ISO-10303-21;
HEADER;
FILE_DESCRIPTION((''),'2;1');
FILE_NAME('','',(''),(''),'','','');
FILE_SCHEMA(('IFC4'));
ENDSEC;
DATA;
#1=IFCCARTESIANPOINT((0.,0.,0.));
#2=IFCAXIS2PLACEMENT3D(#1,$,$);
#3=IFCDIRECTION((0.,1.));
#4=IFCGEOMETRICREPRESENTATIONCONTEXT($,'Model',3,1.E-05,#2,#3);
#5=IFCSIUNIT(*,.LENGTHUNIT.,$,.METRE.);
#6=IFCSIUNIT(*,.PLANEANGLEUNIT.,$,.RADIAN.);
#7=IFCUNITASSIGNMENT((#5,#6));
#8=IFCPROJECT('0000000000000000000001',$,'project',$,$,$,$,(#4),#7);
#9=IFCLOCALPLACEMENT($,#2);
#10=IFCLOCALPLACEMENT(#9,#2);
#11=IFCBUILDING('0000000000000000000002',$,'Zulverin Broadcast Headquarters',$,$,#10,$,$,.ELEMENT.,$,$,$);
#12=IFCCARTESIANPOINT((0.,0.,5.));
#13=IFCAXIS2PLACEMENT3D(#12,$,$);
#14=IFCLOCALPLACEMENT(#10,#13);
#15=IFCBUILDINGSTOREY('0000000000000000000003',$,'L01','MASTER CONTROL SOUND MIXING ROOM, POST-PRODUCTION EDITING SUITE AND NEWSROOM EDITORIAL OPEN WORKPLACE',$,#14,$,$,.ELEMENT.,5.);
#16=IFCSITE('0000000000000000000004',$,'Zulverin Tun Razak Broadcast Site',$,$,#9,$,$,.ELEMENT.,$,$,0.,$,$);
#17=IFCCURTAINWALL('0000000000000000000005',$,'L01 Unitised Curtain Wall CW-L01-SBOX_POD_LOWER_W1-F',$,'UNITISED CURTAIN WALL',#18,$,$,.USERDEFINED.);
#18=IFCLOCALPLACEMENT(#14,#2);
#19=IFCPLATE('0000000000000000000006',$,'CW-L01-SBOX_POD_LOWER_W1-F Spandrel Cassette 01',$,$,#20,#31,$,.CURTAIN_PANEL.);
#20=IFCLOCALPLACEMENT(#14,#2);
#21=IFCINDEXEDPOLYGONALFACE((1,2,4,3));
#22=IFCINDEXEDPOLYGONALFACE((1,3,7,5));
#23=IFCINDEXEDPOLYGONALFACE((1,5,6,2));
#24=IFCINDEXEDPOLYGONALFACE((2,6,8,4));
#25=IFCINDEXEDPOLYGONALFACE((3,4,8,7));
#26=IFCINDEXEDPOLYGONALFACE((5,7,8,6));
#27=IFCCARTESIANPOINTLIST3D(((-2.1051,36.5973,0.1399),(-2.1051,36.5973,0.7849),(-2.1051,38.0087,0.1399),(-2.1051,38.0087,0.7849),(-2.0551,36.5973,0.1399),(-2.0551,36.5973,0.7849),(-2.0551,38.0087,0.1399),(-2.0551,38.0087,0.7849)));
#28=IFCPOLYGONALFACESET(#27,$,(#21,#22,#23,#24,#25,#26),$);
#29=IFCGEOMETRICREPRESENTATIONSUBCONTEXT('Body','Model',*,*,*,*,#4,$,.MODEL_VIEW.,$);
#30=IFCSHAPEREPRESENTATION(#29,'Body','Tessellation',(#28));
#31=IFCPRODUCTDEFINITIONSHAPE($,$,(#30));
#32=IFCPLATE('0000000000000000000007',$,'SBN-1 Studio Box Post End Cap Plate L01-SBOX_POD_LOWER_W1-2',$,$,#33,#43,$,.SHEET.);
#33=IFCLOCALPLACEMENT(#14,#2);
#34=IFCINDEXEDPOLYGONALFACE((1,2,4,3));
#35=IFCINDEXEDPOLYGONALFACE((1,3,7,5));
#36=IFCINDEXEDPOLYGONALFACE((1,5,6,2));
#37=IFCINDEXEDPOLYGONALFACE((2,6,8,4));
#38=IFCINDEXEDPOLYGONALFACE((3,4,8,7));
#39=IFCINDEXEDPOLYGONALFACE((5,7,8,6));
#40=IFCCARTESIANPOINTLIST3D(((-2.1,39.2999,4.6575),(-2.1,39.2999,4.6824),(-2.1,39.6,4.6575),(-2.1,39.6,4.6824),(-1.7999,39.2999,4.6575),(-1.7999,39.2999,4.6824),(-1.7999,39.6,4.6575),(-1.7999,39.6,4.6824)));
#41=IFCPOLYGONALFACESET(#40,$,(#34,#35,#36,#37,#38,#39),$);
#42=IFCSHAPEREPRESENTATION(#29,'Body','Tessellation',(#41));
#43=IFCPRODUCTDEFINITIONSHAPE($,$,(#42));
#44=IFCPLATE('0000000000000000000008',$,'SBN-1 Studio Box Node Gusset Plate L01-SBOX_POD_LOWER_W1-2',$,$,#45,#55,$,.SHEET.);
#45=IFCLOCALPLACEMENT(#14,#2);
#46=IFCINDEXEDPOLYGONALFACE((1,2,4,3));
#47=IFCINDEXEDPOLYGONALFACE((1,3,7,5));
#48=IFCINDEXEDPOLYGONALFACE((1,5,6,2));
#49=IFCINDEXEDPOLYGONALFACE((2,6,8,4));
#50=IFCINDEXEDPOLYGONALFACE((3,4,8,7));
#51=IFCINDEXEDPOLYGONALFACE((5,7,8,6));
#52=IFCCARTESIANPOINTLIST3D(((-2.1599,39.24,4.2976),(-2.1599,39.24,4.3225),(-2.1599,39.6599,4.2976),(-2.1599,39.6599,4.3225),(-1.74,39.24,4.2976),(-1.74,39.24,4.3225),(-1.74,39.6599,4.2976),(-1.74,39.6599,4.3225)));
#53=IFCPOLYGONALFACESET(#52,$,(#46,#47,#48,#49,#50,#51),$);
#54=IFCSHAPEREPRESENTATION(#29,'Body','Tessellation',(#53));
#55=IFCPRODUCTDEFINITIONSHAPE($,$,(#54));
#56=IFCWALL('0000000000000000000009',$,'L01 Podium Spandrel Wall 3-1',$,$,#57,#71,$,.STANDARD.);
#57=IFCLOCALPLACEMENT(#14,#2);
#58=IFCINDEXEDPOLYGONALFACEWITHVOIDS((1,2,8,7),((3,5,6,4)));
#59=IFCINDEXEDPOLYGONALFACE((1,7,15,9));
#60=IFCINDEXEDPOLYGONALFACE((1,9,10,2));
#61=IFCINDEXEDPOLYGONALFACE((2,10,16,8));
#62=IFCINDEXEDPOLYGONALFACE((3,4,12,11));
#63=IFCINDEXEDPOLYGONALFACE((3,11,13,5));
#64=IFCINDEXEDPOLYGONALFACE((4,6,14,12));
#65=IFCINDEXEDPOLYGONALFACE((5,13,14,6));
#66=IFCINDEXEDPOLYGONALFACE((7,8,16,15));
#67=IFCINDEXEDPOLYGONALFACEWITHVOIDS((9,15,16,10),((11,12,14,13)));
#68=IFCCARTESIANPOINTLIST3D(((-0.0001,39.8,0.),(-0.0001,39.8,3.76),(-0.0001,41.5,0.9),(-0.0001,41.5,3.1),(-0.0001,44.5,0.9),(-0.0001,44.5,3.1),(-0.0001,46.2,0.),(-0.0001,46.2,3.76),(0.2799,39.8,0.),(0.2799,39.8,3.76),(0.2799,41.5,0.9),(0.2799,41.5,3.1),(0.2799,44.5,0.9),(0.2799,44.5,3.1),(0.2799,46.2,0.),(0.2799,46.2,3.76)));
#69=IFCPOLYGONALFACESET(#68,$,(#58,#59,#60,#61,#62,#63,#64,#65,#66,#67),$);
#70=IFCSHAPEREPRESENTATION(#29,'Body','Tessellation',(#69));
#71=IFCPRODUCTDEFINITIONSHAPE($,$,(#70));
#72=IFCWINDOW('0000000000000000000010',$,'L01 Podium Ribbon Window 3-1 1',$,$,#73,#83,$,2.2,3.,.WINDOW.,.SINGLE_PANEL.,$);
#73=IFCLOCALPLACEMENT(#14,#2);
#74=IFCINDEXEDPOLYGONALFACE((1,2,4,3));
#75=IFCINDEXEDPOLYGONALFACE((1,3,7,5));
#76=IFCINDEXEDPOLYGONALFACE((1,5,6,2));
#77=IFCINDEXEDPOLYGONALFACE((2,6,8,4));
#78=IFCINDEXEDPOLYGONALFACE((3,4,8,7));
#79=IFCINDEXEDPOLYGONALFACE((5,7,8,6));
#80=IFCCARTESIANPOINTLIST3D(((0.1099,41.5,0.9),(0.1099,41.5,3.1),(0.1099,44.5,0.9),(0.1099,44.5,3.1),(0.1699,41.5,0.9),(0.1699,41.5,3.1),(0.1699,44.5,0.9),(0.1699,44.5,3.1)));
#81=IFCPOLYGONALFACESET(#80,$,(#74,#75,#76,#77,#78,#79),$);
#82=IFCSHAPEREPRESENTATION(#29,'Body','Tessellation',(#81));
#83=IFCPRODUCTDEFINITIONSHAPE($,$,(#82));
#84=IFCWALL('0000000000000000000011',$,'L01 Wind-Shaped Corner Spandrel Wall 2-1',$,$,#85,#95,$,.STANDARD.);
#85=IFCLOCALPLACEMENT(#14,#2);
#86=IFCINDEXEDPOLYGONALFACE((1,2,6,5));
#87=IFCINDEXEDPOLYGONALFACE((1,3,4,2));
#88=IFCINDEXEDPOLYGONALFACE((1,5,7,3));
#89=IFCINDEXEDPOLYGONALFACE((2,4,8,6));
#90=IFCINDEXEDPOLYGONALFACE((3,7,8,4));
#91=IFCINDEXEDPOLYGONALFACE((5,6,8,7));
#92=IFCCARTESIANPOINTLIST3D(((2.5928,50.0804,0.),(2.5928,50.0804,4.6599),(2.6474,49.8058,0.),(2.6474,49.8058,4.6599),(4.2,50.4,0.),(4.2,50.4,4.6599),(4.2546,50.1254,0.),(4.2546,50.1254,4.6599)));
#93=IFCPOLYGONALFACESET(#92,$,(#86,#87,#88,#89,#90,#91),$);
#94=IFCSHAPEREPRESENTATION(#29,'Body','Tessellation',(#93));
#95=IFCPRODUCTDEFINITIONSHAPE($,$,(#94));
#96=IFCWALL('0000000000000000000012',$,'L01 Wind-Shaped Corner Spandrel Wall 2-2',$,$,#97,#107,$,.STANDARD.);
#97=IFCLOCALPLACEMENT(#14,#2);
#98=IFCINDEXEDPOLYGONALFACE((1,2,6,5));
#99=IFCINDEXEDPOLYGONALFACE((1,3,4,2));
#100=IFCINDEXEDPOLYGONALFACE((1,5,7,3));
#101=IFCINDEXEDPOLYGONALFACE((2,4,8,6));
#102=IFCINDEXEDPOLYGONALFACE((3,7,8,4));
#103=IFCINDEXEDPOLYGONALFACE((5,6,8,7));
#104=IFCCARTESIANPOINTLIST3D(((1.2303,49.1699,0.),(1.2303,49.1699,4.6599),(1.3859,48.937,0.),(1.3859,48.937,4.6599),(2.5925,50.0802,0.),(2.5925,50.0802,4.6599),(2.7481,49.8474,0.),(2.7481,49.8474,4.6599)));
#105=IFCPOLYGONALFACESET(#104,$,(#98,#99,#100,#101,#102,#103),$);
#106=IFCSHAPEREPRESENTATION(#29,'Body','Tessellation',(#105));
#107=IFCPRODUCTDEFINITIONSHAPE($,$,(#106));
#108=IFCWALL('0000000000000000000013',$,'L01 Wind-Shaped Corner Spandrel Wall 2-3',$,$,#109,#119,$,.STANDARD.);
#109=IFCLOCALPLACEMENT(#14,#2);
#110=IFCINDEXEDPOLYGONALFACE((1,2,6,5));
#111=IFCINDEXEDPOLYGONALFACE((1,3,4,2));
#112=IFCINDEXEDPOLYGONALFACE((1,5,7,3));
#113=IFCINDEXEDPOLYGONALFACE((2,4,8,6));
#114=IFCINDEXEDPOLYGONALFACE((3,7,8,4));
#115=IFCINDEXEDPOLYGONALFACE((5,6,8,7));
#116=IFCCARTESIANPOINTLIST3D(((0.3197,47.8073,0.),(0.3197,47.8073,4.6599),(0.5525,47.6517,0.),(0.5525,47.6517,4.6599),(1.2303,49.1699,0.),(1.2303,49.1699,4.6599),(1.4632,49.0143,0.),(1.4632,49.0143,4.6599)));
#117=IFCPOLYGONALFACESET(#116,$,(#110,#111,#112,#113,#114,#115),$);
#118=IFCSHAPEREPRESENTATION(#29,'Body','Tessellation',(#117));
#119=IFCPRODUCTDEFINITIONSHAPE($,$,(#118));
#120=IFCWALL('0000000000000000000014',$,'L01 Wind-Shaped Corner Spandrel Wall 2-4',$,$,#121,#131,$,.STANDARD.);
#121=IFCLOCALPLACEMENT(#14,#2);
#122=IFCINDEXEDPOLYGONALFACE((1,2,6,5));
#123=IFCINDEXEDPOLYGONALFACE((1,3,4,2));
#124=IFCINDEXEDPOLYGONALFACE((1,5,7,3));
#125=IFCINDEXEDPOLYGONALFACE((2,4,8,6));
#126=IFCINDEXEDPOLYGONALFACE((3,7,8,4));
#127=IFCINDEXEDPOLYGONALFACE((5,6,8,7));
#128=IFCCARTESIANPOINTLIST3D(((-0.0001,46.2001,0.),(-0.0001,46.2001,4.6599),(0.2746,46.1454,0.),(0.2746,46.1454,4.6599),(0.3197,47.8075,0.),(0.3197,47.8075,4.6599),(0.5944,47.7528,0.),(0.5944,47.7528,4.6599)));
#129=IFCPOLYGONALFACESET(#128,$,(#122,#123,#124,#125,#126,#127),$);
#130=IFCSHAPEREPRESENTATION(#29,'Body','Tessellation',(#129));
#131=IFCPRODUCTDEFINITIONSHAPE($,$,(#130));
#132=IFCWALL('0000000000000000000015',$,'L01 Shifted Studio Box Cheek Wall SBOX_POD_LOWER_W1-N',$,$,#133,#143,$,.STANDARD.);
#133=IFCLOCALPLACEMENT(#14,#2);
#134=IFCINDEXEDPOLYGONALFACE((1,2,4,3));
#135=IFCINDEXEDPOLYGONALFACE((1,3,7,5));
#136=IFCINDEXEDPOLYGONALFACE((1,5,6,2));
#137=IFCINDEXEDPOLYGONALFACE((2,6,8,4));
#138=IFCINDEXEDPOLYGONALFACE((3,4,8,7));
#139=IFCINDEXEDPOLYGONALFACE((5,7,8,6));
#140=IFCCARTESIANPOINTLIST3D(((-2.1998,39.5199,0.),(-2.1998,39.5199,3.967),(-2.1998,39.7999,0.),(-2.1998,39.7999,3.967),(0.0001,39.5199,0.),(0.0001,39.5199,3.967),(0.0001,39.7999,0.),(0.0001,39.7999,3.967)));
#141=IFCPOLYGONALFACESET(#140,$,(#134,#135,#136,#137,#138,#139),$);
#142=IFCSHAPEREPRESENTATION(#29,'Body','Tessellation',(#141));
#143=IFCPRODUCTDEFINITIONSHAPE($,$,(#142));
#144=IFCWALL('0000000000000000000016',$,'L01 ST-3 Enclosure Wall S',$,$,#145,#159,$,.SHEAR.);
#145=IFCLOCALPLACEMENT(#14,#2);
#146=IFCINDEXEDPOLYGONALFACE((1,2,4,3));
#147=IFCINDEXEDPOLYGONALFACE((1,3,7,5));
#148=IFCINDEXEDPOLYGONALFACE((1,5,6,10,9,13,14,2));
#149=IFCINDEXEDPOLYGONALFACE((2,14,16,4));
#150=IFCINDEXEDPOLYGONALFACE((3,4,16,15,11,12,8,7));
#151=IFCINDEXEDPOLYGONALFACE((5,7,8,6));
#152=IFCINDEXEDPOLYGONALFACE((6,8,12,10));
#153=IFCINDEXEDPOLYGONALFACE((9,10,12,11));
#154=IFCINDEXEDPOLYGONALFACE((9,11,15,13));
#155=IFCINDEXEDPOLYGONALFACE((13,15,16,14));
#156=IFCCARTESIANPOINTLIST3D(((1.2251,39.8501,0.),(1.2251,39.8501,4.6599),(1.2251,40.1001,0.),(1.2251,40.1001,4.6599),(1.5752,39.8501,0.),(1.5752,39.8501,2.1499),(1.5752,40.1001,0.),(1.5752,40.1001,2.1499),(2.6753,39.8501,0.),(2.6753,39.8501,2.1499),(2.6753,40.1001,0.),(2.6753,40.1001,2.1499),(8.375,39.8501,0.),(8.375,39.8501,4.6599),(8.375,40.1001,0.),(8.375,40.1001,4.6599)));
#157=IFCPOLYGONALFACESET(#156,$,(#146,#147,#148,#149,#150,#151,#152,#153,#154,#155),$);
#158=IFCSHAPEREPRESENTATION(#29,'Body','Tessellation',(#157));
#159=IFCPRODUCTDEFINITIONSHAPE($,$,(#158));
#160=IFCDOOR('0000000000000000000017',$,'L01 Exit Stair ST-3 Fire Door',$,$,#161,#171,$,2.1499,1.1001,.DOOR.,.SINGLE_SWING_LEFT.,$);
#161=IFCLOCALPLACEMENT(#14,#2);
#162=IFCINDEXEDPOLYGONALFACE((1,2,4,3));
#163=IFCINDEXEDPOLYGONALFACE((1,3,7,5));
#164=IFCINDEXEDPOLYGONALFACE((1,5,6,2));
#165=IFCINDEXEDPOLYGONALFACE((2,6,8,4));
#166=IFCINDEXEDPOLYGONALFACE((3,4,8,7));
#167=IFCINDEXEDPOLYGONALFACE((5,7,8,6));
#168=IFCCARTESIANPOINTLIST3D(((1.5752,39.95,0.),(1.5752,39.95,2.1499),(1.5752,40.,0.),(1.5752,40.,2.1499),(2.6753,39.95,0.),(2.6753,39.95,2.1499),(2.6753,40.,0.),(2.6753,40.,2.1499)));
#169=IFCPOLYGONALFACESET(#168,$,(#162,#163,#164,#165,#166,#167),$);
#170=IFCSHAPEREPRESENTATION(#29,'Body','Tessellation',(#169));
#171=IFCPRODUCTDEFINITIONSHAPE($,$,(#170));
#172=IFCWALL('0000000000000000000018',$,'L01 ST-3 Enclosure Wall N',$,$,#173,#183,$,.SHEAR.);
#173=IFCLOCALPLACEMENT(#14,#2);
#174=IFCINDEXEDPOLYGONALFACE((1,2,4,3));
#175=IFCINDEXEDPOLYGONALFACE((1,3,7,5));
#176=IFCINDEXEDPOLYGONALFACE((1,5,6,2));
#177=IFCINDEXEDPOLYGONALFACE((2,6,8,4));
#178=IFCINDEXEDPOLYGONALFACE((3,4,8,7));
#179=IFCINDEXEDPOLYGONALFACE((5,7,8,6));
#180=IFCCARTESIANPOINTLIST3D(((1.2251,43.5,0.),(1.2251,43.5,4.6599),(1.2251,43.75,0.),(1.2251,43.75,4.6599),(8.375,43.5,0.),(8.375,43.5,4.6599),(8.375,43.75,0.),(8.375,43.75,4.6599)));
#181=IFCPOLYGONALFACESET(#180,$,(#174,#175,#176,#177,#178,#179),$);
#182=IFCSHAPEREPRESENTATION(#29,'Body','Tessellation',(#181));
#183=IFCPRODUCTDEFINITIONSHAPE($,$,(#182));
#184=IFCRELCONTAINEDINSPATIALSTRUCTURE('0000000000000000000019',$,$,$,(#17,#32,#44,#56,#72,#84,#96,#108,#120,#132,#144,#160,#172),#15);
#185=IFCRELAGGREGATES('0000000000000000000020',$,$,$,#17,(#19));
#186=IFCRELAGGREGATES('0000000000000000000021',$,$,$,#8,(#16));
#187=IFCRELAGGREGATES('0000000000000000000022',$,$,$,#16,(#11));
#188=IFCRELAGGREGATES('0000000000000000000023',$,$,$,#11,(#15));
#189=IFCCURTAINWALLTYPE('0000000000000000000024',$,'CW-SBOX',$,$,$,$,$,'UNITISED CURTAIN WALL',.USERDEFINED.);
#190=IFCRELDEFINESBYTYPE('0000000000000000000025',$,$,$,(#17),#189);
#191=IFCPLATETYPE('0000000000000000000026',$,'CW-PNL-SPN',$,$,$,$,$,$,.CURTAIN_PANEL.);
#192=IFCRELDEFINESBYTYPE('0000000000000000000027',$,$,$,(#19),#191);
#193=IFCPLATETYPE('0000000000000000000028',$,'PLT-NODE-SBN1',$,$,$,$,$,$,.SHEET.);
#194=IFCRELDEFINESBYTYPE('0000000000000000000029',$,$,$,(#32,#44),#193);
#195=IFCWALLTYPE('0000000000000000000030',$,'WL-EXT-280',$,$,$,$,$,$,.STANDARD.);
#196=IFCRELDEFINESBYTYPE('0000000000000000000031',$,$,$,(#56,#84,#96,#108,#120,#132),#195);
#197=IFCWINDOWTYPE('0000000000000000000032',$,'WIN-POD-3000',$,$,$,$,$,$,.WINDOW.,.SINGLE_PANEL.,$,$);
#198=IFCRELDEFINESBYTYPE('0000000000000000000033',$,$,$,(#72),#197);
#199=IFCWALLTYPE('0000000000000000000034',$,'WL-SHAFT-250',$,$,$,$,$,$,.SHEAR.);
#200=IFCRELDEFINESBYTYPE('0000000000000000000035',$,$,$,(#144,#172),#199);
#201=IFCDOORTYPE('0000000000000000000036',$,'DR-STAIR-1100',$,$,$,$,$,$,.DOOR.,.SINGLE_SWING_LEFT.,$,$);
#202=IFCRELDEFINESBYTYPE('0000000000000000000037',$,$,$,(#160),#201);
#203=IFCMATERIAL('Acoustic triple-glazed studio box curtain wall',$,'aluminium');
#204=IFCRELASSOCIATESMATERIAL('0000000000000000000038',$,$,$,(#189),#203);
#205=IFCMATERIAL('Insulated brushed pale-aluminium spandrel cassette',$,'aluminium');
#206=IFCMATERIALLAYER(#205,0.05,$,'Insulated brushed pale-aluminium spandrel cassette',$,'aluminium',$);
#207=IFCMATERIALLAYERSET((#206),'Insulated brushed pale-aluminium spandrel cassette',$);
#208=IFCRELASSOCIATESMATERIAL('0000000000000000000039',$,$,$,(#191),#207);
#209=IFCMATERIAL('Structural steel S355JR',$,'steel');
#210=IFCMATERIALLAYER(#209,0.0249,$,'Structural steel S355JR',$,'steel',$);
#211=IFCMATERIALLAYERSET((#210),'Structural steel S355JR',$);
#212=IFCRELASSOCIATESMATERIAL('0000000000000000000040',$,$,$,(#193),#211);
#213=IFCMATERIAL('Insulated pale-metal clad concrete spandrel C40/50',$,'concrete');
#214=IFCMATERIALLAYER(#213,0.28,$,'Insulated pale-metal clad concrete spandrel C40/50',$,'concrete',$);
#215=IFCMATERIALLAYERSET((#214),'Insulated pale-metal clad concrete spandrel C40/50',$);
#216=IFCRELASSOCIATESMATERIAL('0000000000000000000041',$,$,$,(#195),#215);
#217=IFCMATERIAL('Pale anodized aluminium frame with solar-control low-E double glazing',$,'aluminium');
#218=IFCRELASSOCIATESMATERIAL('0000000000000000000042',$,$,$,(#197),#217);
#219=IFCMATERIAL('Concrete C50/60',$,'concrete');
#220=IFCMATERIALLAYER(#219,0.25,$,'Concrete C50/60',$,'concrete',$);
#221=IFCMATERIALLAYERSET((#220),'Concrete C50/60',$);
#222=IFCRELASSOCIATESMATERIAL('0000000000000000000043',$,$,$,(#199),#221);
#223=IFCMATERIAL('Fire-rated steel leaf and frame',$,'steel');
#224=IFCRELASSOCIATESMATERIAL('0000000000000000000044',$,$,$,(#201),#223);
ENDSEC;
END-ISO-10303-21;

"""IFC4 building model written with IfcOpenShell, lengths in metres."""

from ifc_helpers import new_model, si_unit, direction, frame, frame_2d, origin, origin_2d, place, context, subcontext, project, spatial, rectangle, extrude, material, layer, layer_set, type_object, element, fill, aggregate, save


model = new_model("IFC4")

# Units and contexts
model_context = context("Model", 3, precision=1e-05, world=origin(), true_north=direction((0.0, 1.0)))
body_context = subcontext(model_context, "Body", "Model", "MODEL_VIEW")
ifc_project = project(units=[si_unit("LENGTHUNIT", "METRE"), si_unit("PLANEANGLEUNIT", "RADIAN")], contexts=[model_context])

# Site, building, storey
site_placement = place(None, origin())
site = spatial("IfcSite", under=ifc_project, at=site_placement, Name="Zulverin Tun Razak Broadcast Site", CompositionType="ELEMENT", RefElevation=0.0)
building_placement = place(site_placement, origin())
building = spatial("IfcBuilding", under=site, at=building_placement, Name="Zulverin Broadcast Headquarters", CompositionType="ELEMENT")
storey_placement = place(building_placement, frame((0.0, 0.0, 5.0)))
storey = spatial("IfcBuildingStorey", under=building, at=storey_placement, Name="L01", Description="MASTER CONTROL SOUND MIXING ROOM, POST-PRODUCTION EDITING SUITE AND NEWSROOM EDITORIAL OPEN WORKPLACE", CompositionType="ELEMENT", Elevation=5.0)

# Curtain wall
ifc_material_1 = material(Name="Acoustic triple-glazed studio box curtain wall", Category="aluminium")
curtain_wall_type = type_object("IfcCurtainWallType", Name="CW-SBOX", ElementType="UNITISED CURTAIN WALL", PredefinedType="USERDEFINED", material=ifc_material_1)
curtain_wall_placement = place(storey_placement, origin())
curtain_wall = element("IfcCurtainWall", 1, at=curtain_wall_placement, inside=storey, type_object=curtain_wall_type, Name="L01 Unitised Curtain Wall CW-L01-SBOX_POD_LOWER_W1-F", ObjectType="UNITISED CURTAIN WALL", PredefinedType="USERDEFINED")

# Shared definitions
ifc_material_2 = material(Name="Structural steel S355JR", Category="steel")

# Plate
ifc_material_3 = material(Name="Insulated brushed pale-aluminium spandrel cassette", Category="aluminium")
ifc_layer_1 = layer(ifc_material_3, 0.05, Name="Insulated brushed pale-aluminium spandrel cassette", Category="aluminium")
ifc_layer_set_1 = layer_set([ifc_layer_1], Name="Insulated brushed pale-aluminium spandrel cassette")
plate_type_1 = type_object("IfcPlateType", Name="CW-PNL-SPN", PredefinedType="CURTAIN_PANEL", material=ifc_layer_set_1)
plate_1_placement = place(storey_placement, frame((-2.0801, 37.303, 0.1399), z_axis=(0.0, 0.0, 1.0), x_axis=(0.0, -1.0, 0.0)))
plate_1 = element("IfcPlate", 2, at=plate_1_placement, type_object=plate_type_1, Name="CW-L01-SBOX_POD_LOWER_W1-F Spandrel Cassette 01", PredefinedType="CURTAIN_PANEL", context=body_context, shape_type="SweptSolid", body=[
    extrude(rectangle(XDim=1.4114, YDim=0.05, at=origin_2d()), origin(), (0.0, 0.0, 1.0), 0.645),
])
aggregate(curtain_wall, [plate_1])

# Plates
ifc_layer_2 = layer(ifc_material_2, 0.0249, Name="Structural steel S355JR", Category="steel")
ifc_layer_set_2 = layer_set([ifc_layer_2], Name="Structural steel S355JR")
plate_type_2 = type_object("IfcPlateType", Name="PLT-NODE-SBN1", PredefinedType="SHEET", material=ifc_layer_set_2)
plate_2_placement = place(storey_placement, frame((-1.95, 39.45, 4.6575), z_axis=(0.0, 0.0, 1.0), x_axis=(1.0, 0.0, 0.0)))
element("IfcPlate", 3, at=plate_2_placement, inside=storey, type_object=plate_type_2, Name="SBN-1 Studio Box Post End Cap Plate L01-SBOX_POD_LOWER_W1-2", PredefinedType="SHEET", context=body_context, shape_type="SweptSolid", body=[
    extrude(rectangle(XDim=0.3, YDim=0.3, at=origin_2d()), origin(), (0.0, 0.0, 1.0), 0.0249),
])
plate_3_placement = place(storey_placement, frame((-1.95, 39.45, 4.2976), z_axis=(0.0, 0.0, 1.0), x_axis=(1.0, 0.0, 0.0)))
element("IfcPlate", 4, at=plate_3_placement, inside=storey, type_object=plate_type_2, Name="SBN-1 Studio Box Node Gusset Plate L01-SBOX_POD_LOWER_W1-2", PredefinedType="SHEET", context=body_context, shape_type="SweptSolid", body=[
    extrude(rectangle(XDim=0.4199, YDim=0.4199, at=origin_2d()), origin(), (0.0, 0.0, 1.0), 0.0249),
])

# Wall, opening, window
ifc_material_4 = material(Name="Insulated pale-metal clad concrete spandrel C40/50", Category="concrete")
ifc_layer_3 = layer(ifc_material_4, 0.28, Name="Insulated pale-metal clad concrete spandrel C40/50", Category="concrete")
ifc_layer_set_3 = layer_set([ifc_layer_3], Name="Insulated pale-metal clad concrete spandrel C40/50")
wall_type_1 = type_object("IfcWallType", Name="WL-EXT-280", PredefinedType="STANDARD", material=ifc_layer_set_3)
wall_1_placement = place(storey_placement, frame((0.1399, 46.2, 0.0), z_axis=(0.0, 0.0, 1.0), x_axis=(0.0, -1.0, 0.0)))
wall_1 = element("IfcWall", 5, at=wall_1_placement, inside=storey, type_object=wall_type_1, Name="L01 Podium Spandrel Wall 3-1", PredefinedType="STANDARD", context=body_context, shape_type="SweptSolid", body=[
    extrude(rectangle(XDim=6.3999, YDim=0.28, at=frame_2d((3.2, 0.0))), origin(), (0.0, 0.0, 1.0), 3.76),
])
opening_1_placement = place(wall_1_placement, frame((1.7, 0.0, 0.8999)))
opening_1 = element("IfcOpeningElement", 6, at=opening_1_placement, cuts=wall_1, PredefinedType="OPENING", context=body_context, shape_type="SweptSolid", body=[
    extrude(rectangle(XDim=3.0, YDim=2.2, at=frame_2d((1.5, 1.1001))), frame((0.0, 0.1499, 0.0), z_axis=(0.0, -1.0, 0.0), x_axis=(1.0, 0.0, 0.0)), (0.0, 0.0, 1.0), 0.3),
])
ifc_material_5 = material(Name="Pale anodized aluminium frame with solar-control low-E double glazing", Category="aluminium")
window_type = type_object("IfcWindowType", Name="WIN-POD-3000", PartitioningType="SINGLE_PANEL", PredefinedType="WINDOW", material=ifc_material_5)
window_placement = place(opening_1_placement, origin())
window = element("IfcWindow", 7, at=window_placement, inside=storey, type_object=window_type, Name="L01 Podium Ribbon Window 3-1 1", OverallHeight=2.2, OverallWidth=3.0, PartitioningType="SINGLE_PANEL", PredefinedType="WINDOW", context=body_context, shape_type="SweptSolid", body=[
    extrude(rectangle(XDim=3.0, YDim=2.2, at=frame_2d((1.5, 1.1001))), frame((0.0, 0.03, 0.0), z_axis=(0.0, -1.0, 0.0), x_axis=(1.0, 0.0, 0.0)), (0.0, 0.0, 1.0), 0.0601),
])
fill(opening_1, window)

# Walls
wall_2_placement = place(storey_placement, frame((4.2273, 50.2627, 0.0), z_axis=(0.0, 0.0, 1.0), x_axis=(-0.980798, -0.195027, 0.0)))
element("IfcWall", 8, at=wall_2_placement, inside=storey, type_object=wall_type_1, Name="L01 Wind-Shaped Corner Spandrel Wall 2-1", PredefinedType="STANDARD", context=body_context, shape_type="SweptSolid", body=[
    extrude(rectangle(XDim=1.6387, YDim=0.28, at=frame_2d((0.8193, 0.0))), origin(), (0.0, 0.0, 1.0), 4.6599),
])
wall_3_placement = place(storey_placement, frame((2.6704, 49.9639, 0.0), z_axis=(0.0, 0.0, 1.0), x_axis=(-0.831431, -0.555628, 0.0)))
element("IfcWall", 9, at=wall_3_placement, inside=storey, type_object=wall_type_1, Name="L01 Wind-Shaped Corner Spandrel Wall 2-2", PredefinedType="STANDARD", context=body_context, shape_type="SweptSolid", body=[
    extrude(rectangle(XDim=1.6384, YDim=0.28, at=frame_2d((0.8193, 0.0))), origin(), (0.0, 0.0, 1.0), 4.6599),
])
for number, where, z_axis, x_axis, name in (
    (10, (1.3467, 49.092, 0.0), (0.0, 0.0, 1.0), (-0.555662, -0.831408, 0.0), "L01 Wind-Shaped Corner Spandrel Wall 2-3"),
    (11, (0.457, 47.78, 0.0), (0.0, 0.0, 1.0), (-0.195142, -0.980775, 0.0), "L01 Wind-Shaped Corner Spandrel Wall 2-4"),
):
    element("IfcWall", number, at=place(storey_placement, frame(where, z_axis=z_axis, x_axis=x_axis)), inside=storey, type_object=wall_type_1, Name=name, PredefinedType="STANDARD", context=body_context, shape_type="SweptSolid", body=[
        extrude(rectangle(XDim=1.6389, YDim=0.28, at=frame_2d((0.8193, 0.0))), origin(), (0.0, 0.0, 1.0), 4.6599),
    ])
wall_4_placement = place(storey_placement, frame((-2.2, 39.6599, 0.0), z_axis=(0.0, 0.0, 1.0), x_axis=(1.0, 0.0, 0.0)))
element("IfcWall", 12, at=wall_4_placement, inside=storey, type_object=wall_type_1, Name="L01 Shifted Studio Box Cheek Wall SBOX_POD_LOWER_W1-N", PredefinedType="STANDARD", context=body_context, shape_type="SweptSolid", body=[
    extrude(rectangle(XDim=2.2, YDim=0.28, at=frame_2d((1.1001, 0.0))), origin(), (0.0, 0.0, 1.0), 3.967),
])

# Wall, opening, door
ifc_material_6 = material(Name="Concrete C50/60", Category="concrete")
ifc_layer_4 = layer(ifc_material_6, 0.25, Name="Concrete C50/60", Category="concrete")
ifc_layer_set_4 = layer_set([ifc_layer_4], Name="Concrete C50/60")
wall_type_2 = type_object("IfcWallType", Name="WL-SHAFT-250", PredefinedType="SHEAR", material=ifc_layer_set_4)
wall_5_placement = place(storey_placement, frame((1.2251, 39.9751, 0.0), z_axis=(0.0, 0.0, 1.0), x_axis=(1.0, 0.0, 0.0)))
wall_5 = element("IfcWall", 13, at=wall_5_placement, inside=storey, type_object=wall_type_2, Name="L01 ST-3 Enclosure Wall S", PredefinedType="SHEAR", context=body_context, shape_type="SweptSolid", body=[
    extrude(rectangle(XDim=7.1499, YDim=0.25, at=frame_2d((3.575, 0.0))), origin(), (0.0, 0.0, 1.0), 4.6599),
])
opening_2_placement = place(wall_5_placement, frame((0.3501, 0.0, 0.0)))
opening_2 = element("IfcOpeningElement", 14, at=opening_2_placement, cuts=wall_5, PredefinedType="OPENING", context=body_context, shape_type="SweptSolid", body=[
    extrude(rectangle(XDim=1.1001, YDim=2.1499, at=frame_2d((0.55, 1.075))), frame((0.0, 0.135, 0.0), z_axis=(0.0, -1.0, 0.0), x_axis=(1.0, 0.0, 0.0)), (0.0, 0.0, 1.0), 0.27),
])
ifc_material_7 = material(Name="Fire-rated steel leaf and frame", Category="steel")
door_type = type_object("IfcDoorType", Name="DR-STAIR-1100", OperationType="SINGLE_SWING_LEFT", PredefinedType="DOOR", material=ifc_material_7)
door_placement = place(opening_2_placement, origin())
door = element("IfcDoor", 15, at=door_placement, inside=storey, type_object=door_type, Name="L01 Exit Stair ST-3 Fire Door", OperationType="SINGLE_SWING_LEFT", OverallHeight=2.1499, OverallWidth=1.1001, PredefinedType="DOOR", context=body_context, shape_type="SweptSolid", body=[
    extrude(rectangle(XDim=1.1001, YDim=2.1499, at=frame_2d((0.55, 1.075))), frame((0.0, 0.0249, 0.0), z_axis=(0.0, -1.0, 0.0), x_axis=(1.0, 0.0, 0.0)), (0.0, 0.0, 1.0), 0.05),
])
fill(opening_2, door)

# Wall
wall_6_placement = place(storey_placement, frame((1.2251, 43.625, 0.0), z_axis=(0.0, 0.0, 1.0), x_axis=(1.0, 0.0, 0.0)))
element("IfcWall", 16, at=wall_6_placement, inside=storey, type_object=wall_type_2, Name="L01 ST-3 Enclosure Wall N", PredefinedType="SHEAR", context=body_context, shape_type="SweptSolid", body=[
    extrude(rectangle(XDim=7.1499, YDim=0.25, at=frame_2d((3.575, 0.0))), origin(), (0.0, 0.0, 1.0), 4.6599),
])

save(model, "model.ifc")
